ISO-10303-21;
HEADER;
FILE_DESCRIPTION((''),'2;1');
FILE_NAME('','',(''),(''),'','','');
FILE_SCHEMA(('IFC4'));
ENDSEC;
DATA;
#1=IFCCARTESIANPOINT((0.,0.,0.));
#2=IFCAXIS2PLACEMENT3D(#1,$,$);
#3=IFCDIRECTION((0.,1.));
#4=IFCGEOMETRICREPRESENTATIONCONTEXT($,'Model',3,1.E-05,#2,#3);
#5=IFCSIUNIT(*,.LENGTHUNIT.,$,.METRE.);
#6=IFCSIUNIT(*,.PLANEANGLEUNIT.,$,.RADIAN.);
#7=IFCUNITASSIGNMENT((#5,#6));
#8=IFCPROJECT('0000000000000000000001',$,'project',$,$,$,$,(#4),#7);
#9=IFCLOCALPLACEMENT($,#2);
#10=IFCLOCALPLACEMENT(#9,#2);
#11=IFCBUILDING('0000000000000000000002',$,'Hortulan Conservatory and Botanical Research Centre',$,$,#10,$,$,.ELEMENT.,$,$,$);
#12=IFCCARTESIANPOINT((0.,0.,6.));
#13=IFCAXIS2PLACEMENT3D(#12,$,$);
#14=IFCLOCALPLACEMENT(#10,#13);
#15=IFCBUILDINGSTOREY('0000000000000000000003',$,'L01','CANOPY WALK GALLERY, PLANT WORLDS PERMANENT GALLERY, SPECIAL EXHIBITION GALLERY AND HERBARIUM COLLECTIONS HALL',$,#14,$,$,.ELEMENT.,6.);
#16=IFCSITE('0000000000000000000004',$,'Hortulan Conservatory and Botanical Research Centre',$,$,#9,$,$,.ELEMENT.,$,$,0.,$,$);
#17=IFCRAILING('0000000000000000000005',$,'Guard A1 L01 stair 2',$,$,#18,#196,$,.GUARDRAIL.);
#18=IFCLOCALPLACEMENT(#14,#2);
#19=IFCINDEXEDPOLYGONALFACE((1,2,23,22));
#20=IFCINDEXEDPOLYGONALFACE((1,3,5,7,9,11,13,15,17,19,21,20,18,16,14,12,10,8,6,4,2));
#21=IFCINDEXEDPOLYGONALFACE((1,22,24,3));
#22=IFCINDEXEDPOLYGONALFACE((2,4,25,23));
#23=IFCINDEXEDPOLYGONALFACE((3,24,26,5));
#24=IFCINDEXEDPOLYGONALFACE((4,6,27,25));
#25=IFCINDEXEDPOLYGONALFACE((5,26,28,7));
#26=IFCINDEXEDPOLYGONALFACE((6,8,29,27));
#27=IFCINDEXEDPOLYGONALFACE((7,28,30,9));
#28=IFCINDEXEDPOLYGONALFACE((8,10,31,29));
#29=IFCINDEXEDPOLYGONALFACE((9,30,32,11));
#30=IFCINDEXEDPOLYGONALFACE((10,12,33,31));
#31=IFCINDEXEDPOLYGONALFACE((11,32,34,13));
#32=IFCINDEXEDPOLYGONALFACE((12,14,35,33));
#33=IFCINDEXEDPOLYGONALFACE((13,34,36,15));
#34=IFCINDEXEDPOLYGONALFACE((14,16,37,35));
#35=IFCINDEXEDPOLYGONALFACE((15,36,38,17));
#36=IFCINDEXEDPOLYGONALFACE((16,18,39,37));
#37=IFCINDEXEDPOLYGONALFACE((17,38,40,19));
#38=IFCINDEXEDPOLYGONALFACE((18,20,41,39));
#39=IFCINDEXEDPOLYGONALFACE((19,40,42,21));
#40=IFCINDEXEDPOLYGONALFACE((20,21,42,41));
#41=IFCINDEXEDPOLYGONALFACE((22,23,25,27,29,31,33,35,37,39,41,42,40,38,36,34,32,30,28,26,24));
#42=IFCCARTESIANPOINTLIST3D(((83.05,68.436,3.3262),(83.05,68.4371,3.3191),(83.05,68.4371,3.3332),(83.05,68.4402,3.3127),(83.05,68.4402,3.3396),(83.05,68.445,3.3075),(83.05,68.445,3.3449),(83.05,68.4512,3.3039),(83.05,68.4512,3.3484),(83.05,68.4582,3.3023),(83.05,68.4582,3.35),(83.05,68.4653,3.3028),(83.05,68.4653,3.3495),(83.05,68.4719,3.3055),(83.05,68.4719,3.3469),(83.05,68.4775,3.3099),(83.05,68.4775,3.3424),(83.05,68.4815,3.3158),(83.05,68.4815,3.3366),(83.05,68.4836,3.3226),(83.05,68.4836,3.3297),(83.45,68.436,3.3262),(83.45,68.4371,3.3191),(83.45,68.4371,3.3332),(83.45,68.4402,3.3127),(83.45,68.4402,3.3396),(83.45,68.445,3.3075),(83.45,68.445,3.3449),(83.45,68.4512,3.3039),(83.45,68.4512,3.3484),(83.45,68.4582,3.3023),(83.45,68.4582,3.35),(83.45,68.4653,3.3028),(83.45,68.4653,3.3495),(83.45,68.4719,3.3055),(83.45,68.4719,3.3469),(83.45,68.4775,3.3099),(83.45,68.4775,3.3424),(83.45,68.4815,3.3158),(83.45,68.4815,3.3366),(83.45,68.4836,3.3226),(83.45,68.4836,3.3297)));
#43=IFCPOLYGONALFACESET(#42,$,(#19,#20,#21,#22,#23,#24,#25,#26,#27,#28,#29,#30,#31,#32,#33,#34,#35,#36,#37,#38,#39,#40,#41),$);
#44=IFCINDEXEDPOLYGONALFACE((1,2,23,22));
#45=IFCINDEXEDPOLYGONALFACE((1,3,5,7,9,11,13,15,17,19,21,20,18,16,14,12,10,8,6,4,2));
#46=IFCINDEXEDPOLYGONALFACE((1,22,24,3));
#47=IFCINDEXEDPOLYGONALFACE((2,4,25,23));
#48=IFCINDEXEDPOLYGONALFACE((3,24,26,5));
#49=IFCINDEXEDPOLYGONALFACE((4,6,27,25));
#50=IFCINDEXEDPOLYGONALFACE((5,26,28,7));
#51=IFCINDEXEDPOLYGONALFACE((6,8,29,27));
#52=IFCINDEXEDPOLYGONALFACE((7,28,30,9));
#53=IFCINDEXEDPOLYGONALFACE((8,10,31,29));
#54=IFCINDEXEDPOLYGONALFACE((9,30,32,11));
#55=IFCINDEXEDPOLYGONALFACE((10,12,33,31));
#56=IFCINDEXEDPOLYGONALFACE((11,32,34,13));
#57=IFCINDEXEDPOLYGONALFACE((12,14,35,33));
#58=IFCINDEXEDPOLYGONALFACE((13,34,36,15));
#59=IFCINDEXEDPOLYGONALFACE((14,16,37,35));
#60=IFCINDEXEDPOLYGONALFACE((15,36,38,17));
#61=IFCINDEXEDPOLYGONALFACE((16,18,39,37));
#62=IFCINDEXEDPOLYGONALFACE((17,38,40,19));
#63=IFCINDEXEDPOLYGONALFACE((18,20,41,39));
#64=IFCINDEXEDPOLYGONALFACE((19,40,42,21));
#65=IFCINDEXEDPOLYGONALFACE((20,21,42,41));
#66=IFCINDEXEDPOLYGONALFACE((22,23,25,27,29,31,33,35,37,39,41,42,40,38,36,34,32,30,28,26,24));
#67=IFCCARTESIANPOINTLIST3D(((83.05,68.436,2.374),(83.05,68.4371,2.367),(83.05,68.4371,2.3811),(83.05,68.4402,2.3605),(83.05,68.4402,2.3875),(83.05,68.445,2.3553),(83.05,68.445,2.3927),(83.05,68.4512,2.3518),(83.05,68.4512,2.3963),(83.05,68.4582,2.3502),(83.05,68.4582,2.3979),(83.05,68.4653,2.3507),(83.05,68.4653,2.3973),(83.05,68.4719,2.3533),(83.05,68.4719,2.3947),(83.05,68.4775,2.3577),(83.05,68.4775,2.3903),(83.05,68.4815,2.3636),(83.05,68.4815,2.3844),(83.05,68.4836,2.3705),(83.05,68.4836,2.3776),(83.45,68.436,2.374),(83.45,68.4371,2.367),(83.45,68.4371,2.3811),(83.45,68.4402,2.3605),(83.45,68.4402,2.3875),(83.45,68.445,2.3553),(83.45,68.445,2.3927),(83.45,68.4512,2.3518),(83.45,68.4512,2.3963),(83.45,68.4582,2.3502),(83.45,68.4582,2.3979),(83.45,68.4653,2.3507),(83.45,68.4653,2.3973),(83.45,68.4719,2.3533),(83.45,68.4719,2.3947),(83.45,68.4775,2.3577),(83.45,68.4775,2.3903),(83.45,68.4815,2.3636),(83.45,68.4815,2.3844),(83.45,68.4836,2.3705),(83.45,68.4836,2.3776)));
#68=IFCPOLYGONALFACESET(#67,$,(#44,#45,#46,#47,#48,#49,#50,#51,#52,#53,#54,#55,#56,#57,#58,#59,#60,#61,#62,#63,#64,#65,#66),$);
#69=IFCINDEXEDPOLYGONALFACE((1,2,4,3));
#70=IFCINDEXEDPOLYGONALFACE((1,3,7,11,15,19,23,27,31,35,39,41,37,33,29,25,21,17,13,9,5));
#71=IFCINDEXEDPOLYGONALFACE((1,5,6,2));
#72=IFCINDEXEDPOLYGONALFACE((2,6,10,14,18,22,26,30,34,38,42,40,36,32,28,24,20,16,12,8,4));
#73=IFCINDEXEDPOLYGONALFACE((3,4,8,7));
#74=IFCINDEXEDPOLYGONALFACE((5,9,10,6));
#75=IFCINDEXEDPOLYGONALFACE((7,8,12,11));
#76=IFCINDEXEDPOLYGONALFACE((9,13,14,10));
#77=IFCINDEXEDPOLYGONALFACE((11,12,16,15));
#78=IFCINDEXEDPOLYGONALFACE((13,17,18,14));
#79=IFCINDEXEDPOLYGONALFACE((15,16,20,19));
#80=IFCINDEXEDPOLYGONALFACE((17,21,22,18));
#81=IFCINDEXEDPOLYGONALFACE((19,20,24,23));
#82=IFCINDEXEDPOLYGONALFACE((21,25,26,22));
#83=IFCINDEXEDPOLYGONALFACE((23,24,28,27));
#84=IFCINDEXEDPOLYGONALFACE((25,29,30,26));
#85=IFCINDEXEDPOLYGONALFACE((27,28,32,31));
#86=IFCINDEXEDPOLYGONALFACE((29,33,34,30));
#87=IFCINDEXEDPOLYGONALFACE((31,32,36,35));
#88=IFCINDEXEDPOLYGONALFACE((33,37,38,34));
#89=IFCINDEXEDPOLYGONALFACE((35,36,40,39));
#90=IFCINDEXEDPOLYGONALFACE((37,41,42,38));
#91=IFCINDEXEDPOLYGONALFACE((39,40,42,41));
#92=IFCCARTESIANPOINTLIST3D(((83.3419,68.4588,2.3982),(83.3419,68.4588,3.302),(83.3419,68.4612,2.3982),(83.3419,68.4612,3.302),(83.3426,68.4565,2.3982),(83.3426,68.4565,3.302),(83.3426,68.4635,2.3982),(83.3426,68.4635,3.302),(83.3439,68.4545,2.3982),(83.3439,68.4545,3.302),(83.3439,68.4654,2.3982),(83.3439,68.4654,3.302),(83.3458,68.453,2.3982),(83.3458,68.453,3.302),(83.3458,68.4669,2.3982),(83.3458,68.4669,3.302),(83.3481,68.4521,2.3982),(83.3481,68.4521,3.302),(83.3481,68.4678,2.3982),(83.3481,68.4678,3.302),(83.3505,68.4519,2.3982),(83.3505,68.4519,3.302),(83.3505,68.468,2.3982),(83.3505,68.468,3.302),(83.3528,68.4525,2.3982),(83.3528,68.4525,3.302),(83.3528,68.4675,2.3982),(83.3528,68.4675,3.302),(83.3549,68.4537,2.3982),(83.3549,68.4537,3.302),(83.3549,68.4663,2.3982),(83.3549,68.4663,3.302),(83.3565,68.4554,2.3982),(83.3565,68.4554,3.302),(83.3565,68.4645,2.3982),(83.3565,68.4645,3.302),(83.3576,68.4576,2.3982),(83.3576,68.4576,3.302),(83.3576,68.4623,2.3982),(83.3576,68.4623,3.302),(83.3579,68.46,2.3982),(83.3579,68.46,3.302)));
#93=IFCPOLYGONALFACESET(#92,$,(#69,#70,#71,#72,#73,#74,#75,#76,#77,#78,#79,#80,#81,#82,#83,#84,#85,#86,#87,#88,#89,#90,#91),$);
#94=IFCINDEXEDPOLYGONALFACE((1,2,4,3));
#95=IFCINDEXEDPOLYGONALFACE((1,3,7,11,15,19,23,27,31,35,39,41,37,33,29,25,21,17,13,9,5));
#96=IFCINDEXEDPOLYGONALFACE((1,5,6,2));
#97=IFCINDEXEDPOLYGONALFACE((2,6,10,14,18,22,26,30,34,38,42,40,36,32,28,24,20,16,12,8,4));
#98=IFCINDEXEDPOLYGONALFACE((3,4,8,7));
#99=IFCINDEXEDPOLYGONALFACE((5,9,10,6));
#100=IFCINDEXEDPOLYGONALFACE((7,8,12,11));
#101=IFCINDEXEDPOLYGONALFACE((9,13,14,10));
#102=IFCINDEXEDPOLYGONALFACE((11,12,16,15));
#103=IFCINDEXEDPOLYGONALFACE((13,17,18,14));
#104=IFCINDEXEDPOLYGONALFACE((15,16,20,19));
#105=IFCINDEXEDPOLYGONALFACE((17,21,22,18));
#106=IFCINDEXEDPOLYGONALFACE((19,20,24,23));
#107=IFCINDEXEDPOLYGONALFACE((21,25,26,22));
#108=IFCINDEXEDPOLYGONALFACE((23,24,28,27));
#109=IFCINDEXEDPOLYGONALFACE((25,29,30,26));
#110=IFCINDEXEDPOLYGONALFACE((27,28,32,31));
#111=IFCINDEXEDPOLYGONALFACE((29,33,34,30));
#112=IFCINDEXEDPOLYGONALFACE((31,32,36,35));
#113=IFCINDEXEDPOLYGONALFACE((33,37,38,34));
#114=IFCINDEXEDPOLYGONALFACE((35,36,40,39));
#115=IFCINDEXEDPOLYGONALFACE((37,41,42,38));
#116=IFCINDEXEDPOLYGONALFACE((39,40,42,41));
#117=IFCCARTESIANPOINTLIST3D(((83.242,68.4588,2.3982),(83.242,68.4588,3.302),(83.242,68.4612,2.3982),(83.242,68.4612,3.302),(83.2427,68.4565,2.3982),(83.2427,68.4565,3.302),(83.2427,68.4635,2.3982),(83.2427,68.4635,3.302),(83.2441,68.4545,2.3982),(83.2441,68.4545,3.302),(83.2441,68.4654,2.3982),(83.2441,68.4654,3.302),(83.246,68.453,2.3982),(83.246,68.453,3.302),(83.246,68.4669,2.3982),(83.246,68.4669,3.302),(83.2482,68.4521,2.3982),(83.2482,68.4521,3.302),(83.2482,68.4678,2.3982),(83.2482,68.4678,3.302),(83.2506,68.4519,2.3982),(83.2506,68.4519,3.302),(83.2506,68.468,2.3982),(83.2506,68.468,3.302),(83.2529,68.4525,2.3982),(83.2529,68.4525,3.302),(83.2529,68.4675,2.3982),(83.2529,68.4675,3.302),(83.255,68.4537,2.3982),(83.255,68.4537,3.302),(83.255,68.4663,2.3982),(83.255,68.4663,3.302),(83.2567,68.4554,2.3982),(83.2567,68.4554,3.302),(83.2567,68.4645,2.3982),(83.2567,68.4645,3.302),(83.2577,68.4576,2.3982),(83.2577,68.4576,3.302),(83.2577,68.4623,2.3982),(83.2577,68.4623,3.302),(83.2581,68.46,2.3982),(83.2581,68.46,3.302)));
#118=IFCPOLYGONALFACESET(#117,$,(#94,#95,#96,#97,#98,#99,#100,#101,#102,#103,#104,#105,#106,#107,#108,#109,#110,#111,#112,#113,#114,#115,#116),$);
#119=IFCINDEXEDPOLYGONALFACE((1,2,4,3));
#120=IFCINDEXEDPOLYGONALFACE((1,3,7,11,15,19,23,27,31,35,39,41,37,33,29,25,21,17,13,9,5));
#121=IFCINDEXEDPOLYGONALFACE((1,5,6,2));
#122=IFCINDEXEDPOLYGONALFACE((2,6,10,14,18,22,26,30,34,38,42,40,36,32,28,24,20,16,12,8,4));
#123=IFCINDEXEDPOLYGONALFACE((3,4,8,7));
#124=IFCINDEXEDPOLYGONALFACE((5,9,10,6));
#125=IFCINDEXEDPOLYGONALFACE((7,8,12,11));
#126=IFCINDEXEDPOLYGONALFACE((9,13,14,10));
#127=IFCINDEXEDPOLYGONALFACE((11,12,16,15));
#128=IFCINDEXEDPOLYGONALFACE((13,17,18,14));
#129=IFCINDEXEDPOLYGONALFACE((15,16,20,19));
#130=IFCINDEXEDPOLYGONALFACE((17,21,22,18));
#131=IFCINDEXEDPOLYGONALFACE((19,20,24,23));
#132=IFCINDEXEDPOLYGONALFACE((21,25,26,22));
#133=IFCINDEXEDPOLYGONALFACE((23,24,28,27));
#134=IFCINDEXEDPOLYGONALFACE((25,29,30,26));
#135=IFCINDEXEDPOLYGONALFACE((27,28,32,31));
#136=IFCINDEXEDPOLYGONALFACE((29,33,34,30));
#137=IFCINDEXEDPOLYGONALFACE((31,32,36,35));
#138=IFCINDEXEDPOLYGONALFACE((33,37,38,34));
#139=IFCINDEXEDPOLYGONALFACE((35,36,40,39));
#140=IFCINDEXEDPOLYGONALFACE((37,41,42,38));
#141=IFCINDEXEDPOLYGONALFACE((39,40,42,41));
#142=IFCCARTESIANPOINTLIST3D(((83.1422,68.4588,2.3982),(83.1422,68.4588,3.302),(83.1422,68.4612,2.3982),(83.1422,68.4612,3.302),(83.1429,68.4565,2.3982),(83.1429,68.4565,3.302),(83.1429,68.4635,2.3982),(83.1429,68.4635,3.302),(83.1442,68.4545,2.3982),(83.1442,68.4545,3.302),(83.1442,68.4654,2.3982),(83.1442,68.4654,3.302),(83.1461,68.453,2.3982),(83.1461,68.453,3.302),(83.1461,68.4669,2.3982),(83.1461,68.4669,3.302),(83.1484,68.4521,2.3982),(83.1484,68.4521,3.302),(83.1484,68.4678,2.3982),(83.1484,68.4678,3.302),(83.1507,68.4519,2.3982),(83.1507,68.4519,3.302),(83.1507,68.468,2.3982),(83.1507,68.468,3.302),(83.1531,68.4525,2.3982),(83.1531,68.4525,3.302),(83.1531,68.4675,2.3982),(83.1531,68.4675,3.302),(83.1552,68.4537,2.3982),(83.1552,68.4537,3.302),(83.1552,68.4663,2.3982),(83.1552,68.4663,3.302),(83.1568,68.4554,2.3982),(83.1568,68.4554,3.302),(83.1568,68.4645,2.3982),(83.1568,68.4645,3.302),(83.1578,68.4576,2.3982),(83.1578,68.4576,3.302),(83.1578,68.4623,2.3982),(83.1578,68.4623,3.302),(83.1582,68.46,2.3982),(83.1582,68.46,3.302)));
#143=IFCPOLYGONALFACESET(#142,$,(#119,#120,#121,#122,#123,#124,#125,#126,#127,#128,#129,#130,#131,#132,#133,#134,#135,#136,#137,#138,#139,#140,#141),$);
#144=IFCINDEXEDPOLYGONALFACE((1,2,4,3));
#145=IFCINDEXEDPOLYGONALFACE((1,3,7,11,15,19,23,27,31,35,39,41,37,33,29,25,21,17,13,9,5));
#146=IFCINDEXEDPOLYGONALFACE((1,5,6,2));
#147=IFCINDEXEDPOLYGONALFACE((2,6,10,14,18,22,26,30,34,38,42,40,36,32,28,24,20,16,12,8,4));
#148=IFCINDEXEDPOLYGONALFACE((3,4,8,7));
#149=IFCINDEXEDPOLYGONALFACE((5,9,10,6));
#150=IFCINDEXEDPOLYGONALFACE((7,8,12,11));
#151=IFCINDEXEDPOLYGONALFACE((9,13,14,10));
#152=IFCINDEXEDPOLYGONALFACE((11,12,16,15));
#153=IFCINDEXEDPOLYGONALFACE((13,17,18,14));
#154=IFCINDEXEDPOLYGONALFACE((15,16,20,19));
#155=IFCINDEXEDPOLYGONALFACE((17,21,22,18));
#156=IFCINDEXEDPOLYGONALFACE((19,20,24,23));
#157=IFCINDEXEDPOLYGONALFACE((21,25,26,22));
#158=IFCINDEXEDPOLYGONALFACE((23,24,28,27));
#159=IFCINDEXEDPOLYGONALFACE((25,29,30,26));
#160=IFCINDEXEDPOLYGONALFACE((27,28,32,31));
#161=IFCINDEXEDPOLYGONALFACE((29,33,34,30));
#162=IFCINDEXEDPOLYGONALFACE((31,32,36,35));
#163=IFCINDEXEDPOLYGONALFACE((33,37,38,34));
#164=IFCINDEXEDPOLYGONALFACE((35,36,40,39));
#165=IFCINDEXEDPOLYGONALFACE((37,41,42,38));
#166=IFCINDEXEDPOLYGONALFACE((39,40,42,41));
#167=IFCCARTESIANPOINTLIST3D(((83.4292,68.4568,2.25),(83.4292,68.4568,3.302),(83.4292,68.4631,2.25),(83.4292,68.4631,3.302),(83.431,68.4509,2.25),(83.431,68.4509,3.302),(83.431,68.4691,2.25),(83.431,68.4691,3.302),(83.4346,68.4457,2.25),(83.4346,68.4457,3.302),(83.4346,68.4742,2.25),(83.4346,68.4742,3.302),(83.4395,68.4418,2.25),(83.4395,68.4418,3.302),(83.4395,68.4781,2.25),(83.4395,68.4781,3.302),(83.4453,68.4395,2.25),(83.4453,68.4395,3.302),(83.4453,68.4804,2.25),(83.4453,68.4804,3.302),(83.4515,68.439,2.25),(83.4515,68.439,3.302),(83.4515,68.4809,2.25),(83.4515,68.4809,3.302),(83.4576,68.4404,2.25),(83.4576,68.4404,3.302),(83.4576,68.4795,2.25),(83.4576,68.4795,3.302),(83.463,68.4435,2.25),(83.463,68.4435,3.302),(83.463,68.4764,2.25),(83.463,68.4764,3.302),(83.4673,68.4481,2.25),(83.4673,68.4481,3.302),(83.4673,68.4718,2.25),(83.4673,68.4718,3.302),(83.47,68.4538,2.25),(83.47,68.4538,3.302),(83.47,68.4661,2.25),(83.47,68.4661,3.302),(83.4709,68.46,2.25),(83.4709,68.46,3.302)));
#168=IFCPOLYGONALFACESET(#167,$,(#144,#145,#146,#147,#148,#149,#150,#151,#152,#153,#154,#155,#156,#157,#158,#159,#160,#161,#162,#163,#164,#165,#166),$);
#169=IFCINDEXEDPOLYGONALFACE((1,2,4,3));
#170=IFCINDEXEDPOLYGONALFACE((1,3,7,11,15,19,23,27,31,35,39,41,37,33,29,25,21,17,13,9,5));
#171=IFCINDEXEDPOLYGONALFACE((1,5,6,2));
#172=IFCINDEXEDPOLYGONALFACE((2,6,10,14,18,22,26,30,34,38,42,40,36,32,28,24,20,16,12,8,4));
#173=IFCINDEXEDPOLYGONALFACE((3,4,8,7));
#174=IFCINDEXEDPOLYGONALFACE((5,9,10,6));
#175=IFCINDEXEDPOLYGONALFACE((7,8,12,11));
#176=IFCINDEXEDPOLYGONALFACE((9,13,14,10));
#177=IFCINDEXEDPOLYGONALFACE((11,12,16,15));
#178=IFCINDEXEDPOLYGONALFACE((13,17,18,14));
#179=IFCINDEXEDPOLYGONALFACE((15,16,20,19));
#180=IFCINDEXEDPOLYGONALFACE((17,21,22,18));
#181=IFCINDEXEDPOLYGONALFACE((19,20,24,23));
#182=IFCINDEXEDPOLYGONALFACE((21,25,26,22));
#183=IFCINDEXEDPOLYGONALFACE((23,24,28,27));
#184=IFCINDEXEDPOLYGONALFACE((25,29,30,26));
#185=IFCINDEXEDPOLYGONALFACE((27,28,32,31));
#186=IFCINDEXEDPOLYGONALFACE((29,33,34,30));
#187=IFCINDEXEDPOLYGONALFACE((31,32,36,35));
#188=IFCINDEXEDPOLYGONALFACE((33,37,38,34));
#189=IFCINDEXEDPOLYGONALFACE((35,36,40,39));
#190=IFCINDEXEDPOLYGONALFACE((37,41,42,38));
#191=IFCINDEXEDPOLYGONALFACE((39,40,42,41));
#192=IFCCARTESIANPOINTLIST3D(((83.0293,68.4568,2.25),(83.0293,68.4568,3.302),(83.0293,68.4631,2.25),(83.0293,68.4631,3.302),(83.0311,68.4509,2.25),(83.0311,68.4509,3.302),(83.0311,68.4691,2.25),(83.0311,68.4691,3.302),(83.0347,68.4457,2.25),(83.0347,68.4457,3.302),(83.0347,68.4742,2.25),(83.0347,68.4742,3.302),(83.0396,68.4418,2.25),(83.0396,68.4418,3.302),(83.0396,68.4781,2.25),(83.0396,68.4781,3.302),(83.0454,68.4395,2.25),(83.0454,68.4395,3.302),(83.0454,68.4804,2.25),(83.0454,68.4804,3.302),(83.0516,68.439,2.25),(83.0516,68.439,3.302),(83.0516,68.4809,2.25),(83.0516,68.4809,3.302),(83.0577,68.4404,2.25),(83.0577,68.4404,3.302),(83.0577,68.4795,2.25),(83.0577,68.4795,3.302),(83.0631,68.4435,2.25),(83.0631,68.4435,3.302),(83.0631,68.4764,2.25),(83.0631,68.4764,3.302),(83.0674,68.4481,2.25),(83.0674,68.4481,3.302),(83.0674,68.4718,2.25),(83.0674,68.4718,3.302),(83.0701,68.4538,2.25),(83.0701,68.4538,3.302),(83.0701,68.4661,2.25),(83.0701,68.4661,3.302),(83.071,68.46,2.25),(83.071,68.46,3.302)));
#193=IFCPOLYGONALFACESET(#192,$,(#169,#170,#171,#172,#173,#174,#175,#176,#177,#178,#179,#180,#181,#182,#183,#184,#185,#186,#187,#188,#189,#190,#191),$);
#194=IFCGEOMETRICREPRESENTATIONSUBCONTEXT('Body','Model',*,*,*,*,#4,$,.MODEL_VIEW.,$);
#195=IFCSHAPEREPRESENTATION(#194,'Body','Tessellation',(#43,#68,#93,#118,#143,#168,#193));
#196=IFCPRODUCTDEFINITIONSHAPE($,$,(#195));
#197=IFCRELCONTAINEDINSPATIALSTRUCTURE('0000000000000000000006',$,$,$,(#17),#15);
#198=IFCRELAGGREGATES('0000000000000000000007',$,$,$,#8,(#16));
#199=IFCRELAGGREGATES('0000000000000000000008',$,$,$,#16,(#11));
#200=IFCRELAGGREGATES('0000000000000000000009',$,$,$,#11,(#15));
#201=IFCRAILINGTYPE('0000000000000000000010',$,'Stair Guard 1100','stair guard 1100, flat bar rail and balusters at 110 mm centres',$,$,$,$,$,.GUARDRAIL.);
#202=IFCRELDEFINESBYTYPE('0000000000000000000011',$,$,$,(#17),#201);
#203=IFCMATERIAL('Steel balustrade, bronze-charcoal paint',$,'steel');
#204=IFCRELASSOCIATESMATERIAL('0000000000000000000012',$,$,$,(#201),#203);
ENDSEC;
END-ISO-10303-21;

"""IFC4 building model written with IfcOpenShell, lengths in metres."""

from ifc_helpers import new_model, si_unit, direction, frame, origin, origin_2d, place, context, subcontext, project, spatial, circle, extrude, material, type_object, element, save


model = new_model("IFC4")

# Units and contexts
model_context = context("Model", 3, precision=1e-05, world=origin(), true_north=direction((0.0, 1.0)))
body_context = subcontext(model_context, "Body", "Model", "MODEL_VIEW")
ifc_project = project(units=[si_unit("LENGTHUNIT", "METRE"), si_unit("PLANEANGLEUNIT", "RADIAN")], contexts=[model_context])

# Site, building, storey
site_placement = place(None, origin())
site = spatial("IfcSite", under=ifc_project, at=site_placement, Name="Hortulan Conservatory and Botanical Research Centre", CompositionType="ELEMENT", RefElevation=0.0)
building_placement = place(site_placement, origin())
building = spatial("IfcBuilding", under=site, at=building_placement, Name="Hortulan Conservatory and Botanical Research Centre", CompositionType="ELEMENT")
storey_placement = place(building_placement, frame((0.0, 0.0, 6.0)))
storey = spatial("IfcBuildingStorey", under=building, at=storey_placement, Name="L01", Description="CANOPY WALK GALLERY, PLANT WORLDS PERMANENT GALLERY, SPECIAL EXHIBITION GALLERY AND HERBARIUM COLLECTIONS HALL", CompositionType="ELEMENT", Elevation=6.0)

# Railing
ifc_material_1 = material(Name="Steel balustrade, bronze-charcoal paint", Category="steel")
railing_type_1 = type_object("IfcRailingType", Name="Stair Guard 1100", Description="stair guard 1100, flat bar rail and balusters at 110 mm centres", PredefinedType="GUARDRAIL", material=ifc_material_1)
railing_1_placement = place(storey_placement, frame((83.45, 68.46, 2.25)))
element("IfcRailing", 1, at=railing_1_placement, inside=storey, type_object=railing_type_1, Name="Guard A1 L01 stair 2", PredefinedType="GUARDRAIL", context=body_context, shape_type="SweptSolid", body=[
    extrude(circle(Radius=0.0239, at=origin_2d()), frame((0.0, 0.0, 1.0762), z_axis=(-1.0, 0.0, 0.0), x_axis=(0.0, -1.0, 0.0)), (0.0, 0.0, 1.0), 0.3999),
    extrude(circle(Radius=0.0239, at=origin_2d()), frame((0.0, 0.0, 0.124), z_axis=(-1.0, 0.0, 0.0), x_axis=(0.0, -1.0, 0.0)), (0.0, 0.0, 1.0), 0.3999),
    extrude(circle(Radius=0.0081, at=origin_2d()), frame((-0.1001, 0.0, 0.1482)), (0.0, 0.0, 1.0), 0.9038),
    extrude(circle(Radius=0.0081, at=origin_2d()), frame((-0.2, 0.0, 0.1482)), (0.0, 0.0, 1.0), 0.9038),
    extrude(circle(Radius=0.0081, at=origin_2d()), frame((-0.2998, 0.0, 0.1482)), (0.0, 0.0, 1.0), 0.9038),
    extrude(circle(Radius=0.021, at=origin_2d()), origin(), (0.0, 0.0, 1.0), 1.052),
    extrude(circle(Radius=0.021, at=origin_2d()), frame((-0.3999, 0.0, 0.0)), (0.0, 0.0, 1.0), 1.052),
])

save(model, "model.ifc")
